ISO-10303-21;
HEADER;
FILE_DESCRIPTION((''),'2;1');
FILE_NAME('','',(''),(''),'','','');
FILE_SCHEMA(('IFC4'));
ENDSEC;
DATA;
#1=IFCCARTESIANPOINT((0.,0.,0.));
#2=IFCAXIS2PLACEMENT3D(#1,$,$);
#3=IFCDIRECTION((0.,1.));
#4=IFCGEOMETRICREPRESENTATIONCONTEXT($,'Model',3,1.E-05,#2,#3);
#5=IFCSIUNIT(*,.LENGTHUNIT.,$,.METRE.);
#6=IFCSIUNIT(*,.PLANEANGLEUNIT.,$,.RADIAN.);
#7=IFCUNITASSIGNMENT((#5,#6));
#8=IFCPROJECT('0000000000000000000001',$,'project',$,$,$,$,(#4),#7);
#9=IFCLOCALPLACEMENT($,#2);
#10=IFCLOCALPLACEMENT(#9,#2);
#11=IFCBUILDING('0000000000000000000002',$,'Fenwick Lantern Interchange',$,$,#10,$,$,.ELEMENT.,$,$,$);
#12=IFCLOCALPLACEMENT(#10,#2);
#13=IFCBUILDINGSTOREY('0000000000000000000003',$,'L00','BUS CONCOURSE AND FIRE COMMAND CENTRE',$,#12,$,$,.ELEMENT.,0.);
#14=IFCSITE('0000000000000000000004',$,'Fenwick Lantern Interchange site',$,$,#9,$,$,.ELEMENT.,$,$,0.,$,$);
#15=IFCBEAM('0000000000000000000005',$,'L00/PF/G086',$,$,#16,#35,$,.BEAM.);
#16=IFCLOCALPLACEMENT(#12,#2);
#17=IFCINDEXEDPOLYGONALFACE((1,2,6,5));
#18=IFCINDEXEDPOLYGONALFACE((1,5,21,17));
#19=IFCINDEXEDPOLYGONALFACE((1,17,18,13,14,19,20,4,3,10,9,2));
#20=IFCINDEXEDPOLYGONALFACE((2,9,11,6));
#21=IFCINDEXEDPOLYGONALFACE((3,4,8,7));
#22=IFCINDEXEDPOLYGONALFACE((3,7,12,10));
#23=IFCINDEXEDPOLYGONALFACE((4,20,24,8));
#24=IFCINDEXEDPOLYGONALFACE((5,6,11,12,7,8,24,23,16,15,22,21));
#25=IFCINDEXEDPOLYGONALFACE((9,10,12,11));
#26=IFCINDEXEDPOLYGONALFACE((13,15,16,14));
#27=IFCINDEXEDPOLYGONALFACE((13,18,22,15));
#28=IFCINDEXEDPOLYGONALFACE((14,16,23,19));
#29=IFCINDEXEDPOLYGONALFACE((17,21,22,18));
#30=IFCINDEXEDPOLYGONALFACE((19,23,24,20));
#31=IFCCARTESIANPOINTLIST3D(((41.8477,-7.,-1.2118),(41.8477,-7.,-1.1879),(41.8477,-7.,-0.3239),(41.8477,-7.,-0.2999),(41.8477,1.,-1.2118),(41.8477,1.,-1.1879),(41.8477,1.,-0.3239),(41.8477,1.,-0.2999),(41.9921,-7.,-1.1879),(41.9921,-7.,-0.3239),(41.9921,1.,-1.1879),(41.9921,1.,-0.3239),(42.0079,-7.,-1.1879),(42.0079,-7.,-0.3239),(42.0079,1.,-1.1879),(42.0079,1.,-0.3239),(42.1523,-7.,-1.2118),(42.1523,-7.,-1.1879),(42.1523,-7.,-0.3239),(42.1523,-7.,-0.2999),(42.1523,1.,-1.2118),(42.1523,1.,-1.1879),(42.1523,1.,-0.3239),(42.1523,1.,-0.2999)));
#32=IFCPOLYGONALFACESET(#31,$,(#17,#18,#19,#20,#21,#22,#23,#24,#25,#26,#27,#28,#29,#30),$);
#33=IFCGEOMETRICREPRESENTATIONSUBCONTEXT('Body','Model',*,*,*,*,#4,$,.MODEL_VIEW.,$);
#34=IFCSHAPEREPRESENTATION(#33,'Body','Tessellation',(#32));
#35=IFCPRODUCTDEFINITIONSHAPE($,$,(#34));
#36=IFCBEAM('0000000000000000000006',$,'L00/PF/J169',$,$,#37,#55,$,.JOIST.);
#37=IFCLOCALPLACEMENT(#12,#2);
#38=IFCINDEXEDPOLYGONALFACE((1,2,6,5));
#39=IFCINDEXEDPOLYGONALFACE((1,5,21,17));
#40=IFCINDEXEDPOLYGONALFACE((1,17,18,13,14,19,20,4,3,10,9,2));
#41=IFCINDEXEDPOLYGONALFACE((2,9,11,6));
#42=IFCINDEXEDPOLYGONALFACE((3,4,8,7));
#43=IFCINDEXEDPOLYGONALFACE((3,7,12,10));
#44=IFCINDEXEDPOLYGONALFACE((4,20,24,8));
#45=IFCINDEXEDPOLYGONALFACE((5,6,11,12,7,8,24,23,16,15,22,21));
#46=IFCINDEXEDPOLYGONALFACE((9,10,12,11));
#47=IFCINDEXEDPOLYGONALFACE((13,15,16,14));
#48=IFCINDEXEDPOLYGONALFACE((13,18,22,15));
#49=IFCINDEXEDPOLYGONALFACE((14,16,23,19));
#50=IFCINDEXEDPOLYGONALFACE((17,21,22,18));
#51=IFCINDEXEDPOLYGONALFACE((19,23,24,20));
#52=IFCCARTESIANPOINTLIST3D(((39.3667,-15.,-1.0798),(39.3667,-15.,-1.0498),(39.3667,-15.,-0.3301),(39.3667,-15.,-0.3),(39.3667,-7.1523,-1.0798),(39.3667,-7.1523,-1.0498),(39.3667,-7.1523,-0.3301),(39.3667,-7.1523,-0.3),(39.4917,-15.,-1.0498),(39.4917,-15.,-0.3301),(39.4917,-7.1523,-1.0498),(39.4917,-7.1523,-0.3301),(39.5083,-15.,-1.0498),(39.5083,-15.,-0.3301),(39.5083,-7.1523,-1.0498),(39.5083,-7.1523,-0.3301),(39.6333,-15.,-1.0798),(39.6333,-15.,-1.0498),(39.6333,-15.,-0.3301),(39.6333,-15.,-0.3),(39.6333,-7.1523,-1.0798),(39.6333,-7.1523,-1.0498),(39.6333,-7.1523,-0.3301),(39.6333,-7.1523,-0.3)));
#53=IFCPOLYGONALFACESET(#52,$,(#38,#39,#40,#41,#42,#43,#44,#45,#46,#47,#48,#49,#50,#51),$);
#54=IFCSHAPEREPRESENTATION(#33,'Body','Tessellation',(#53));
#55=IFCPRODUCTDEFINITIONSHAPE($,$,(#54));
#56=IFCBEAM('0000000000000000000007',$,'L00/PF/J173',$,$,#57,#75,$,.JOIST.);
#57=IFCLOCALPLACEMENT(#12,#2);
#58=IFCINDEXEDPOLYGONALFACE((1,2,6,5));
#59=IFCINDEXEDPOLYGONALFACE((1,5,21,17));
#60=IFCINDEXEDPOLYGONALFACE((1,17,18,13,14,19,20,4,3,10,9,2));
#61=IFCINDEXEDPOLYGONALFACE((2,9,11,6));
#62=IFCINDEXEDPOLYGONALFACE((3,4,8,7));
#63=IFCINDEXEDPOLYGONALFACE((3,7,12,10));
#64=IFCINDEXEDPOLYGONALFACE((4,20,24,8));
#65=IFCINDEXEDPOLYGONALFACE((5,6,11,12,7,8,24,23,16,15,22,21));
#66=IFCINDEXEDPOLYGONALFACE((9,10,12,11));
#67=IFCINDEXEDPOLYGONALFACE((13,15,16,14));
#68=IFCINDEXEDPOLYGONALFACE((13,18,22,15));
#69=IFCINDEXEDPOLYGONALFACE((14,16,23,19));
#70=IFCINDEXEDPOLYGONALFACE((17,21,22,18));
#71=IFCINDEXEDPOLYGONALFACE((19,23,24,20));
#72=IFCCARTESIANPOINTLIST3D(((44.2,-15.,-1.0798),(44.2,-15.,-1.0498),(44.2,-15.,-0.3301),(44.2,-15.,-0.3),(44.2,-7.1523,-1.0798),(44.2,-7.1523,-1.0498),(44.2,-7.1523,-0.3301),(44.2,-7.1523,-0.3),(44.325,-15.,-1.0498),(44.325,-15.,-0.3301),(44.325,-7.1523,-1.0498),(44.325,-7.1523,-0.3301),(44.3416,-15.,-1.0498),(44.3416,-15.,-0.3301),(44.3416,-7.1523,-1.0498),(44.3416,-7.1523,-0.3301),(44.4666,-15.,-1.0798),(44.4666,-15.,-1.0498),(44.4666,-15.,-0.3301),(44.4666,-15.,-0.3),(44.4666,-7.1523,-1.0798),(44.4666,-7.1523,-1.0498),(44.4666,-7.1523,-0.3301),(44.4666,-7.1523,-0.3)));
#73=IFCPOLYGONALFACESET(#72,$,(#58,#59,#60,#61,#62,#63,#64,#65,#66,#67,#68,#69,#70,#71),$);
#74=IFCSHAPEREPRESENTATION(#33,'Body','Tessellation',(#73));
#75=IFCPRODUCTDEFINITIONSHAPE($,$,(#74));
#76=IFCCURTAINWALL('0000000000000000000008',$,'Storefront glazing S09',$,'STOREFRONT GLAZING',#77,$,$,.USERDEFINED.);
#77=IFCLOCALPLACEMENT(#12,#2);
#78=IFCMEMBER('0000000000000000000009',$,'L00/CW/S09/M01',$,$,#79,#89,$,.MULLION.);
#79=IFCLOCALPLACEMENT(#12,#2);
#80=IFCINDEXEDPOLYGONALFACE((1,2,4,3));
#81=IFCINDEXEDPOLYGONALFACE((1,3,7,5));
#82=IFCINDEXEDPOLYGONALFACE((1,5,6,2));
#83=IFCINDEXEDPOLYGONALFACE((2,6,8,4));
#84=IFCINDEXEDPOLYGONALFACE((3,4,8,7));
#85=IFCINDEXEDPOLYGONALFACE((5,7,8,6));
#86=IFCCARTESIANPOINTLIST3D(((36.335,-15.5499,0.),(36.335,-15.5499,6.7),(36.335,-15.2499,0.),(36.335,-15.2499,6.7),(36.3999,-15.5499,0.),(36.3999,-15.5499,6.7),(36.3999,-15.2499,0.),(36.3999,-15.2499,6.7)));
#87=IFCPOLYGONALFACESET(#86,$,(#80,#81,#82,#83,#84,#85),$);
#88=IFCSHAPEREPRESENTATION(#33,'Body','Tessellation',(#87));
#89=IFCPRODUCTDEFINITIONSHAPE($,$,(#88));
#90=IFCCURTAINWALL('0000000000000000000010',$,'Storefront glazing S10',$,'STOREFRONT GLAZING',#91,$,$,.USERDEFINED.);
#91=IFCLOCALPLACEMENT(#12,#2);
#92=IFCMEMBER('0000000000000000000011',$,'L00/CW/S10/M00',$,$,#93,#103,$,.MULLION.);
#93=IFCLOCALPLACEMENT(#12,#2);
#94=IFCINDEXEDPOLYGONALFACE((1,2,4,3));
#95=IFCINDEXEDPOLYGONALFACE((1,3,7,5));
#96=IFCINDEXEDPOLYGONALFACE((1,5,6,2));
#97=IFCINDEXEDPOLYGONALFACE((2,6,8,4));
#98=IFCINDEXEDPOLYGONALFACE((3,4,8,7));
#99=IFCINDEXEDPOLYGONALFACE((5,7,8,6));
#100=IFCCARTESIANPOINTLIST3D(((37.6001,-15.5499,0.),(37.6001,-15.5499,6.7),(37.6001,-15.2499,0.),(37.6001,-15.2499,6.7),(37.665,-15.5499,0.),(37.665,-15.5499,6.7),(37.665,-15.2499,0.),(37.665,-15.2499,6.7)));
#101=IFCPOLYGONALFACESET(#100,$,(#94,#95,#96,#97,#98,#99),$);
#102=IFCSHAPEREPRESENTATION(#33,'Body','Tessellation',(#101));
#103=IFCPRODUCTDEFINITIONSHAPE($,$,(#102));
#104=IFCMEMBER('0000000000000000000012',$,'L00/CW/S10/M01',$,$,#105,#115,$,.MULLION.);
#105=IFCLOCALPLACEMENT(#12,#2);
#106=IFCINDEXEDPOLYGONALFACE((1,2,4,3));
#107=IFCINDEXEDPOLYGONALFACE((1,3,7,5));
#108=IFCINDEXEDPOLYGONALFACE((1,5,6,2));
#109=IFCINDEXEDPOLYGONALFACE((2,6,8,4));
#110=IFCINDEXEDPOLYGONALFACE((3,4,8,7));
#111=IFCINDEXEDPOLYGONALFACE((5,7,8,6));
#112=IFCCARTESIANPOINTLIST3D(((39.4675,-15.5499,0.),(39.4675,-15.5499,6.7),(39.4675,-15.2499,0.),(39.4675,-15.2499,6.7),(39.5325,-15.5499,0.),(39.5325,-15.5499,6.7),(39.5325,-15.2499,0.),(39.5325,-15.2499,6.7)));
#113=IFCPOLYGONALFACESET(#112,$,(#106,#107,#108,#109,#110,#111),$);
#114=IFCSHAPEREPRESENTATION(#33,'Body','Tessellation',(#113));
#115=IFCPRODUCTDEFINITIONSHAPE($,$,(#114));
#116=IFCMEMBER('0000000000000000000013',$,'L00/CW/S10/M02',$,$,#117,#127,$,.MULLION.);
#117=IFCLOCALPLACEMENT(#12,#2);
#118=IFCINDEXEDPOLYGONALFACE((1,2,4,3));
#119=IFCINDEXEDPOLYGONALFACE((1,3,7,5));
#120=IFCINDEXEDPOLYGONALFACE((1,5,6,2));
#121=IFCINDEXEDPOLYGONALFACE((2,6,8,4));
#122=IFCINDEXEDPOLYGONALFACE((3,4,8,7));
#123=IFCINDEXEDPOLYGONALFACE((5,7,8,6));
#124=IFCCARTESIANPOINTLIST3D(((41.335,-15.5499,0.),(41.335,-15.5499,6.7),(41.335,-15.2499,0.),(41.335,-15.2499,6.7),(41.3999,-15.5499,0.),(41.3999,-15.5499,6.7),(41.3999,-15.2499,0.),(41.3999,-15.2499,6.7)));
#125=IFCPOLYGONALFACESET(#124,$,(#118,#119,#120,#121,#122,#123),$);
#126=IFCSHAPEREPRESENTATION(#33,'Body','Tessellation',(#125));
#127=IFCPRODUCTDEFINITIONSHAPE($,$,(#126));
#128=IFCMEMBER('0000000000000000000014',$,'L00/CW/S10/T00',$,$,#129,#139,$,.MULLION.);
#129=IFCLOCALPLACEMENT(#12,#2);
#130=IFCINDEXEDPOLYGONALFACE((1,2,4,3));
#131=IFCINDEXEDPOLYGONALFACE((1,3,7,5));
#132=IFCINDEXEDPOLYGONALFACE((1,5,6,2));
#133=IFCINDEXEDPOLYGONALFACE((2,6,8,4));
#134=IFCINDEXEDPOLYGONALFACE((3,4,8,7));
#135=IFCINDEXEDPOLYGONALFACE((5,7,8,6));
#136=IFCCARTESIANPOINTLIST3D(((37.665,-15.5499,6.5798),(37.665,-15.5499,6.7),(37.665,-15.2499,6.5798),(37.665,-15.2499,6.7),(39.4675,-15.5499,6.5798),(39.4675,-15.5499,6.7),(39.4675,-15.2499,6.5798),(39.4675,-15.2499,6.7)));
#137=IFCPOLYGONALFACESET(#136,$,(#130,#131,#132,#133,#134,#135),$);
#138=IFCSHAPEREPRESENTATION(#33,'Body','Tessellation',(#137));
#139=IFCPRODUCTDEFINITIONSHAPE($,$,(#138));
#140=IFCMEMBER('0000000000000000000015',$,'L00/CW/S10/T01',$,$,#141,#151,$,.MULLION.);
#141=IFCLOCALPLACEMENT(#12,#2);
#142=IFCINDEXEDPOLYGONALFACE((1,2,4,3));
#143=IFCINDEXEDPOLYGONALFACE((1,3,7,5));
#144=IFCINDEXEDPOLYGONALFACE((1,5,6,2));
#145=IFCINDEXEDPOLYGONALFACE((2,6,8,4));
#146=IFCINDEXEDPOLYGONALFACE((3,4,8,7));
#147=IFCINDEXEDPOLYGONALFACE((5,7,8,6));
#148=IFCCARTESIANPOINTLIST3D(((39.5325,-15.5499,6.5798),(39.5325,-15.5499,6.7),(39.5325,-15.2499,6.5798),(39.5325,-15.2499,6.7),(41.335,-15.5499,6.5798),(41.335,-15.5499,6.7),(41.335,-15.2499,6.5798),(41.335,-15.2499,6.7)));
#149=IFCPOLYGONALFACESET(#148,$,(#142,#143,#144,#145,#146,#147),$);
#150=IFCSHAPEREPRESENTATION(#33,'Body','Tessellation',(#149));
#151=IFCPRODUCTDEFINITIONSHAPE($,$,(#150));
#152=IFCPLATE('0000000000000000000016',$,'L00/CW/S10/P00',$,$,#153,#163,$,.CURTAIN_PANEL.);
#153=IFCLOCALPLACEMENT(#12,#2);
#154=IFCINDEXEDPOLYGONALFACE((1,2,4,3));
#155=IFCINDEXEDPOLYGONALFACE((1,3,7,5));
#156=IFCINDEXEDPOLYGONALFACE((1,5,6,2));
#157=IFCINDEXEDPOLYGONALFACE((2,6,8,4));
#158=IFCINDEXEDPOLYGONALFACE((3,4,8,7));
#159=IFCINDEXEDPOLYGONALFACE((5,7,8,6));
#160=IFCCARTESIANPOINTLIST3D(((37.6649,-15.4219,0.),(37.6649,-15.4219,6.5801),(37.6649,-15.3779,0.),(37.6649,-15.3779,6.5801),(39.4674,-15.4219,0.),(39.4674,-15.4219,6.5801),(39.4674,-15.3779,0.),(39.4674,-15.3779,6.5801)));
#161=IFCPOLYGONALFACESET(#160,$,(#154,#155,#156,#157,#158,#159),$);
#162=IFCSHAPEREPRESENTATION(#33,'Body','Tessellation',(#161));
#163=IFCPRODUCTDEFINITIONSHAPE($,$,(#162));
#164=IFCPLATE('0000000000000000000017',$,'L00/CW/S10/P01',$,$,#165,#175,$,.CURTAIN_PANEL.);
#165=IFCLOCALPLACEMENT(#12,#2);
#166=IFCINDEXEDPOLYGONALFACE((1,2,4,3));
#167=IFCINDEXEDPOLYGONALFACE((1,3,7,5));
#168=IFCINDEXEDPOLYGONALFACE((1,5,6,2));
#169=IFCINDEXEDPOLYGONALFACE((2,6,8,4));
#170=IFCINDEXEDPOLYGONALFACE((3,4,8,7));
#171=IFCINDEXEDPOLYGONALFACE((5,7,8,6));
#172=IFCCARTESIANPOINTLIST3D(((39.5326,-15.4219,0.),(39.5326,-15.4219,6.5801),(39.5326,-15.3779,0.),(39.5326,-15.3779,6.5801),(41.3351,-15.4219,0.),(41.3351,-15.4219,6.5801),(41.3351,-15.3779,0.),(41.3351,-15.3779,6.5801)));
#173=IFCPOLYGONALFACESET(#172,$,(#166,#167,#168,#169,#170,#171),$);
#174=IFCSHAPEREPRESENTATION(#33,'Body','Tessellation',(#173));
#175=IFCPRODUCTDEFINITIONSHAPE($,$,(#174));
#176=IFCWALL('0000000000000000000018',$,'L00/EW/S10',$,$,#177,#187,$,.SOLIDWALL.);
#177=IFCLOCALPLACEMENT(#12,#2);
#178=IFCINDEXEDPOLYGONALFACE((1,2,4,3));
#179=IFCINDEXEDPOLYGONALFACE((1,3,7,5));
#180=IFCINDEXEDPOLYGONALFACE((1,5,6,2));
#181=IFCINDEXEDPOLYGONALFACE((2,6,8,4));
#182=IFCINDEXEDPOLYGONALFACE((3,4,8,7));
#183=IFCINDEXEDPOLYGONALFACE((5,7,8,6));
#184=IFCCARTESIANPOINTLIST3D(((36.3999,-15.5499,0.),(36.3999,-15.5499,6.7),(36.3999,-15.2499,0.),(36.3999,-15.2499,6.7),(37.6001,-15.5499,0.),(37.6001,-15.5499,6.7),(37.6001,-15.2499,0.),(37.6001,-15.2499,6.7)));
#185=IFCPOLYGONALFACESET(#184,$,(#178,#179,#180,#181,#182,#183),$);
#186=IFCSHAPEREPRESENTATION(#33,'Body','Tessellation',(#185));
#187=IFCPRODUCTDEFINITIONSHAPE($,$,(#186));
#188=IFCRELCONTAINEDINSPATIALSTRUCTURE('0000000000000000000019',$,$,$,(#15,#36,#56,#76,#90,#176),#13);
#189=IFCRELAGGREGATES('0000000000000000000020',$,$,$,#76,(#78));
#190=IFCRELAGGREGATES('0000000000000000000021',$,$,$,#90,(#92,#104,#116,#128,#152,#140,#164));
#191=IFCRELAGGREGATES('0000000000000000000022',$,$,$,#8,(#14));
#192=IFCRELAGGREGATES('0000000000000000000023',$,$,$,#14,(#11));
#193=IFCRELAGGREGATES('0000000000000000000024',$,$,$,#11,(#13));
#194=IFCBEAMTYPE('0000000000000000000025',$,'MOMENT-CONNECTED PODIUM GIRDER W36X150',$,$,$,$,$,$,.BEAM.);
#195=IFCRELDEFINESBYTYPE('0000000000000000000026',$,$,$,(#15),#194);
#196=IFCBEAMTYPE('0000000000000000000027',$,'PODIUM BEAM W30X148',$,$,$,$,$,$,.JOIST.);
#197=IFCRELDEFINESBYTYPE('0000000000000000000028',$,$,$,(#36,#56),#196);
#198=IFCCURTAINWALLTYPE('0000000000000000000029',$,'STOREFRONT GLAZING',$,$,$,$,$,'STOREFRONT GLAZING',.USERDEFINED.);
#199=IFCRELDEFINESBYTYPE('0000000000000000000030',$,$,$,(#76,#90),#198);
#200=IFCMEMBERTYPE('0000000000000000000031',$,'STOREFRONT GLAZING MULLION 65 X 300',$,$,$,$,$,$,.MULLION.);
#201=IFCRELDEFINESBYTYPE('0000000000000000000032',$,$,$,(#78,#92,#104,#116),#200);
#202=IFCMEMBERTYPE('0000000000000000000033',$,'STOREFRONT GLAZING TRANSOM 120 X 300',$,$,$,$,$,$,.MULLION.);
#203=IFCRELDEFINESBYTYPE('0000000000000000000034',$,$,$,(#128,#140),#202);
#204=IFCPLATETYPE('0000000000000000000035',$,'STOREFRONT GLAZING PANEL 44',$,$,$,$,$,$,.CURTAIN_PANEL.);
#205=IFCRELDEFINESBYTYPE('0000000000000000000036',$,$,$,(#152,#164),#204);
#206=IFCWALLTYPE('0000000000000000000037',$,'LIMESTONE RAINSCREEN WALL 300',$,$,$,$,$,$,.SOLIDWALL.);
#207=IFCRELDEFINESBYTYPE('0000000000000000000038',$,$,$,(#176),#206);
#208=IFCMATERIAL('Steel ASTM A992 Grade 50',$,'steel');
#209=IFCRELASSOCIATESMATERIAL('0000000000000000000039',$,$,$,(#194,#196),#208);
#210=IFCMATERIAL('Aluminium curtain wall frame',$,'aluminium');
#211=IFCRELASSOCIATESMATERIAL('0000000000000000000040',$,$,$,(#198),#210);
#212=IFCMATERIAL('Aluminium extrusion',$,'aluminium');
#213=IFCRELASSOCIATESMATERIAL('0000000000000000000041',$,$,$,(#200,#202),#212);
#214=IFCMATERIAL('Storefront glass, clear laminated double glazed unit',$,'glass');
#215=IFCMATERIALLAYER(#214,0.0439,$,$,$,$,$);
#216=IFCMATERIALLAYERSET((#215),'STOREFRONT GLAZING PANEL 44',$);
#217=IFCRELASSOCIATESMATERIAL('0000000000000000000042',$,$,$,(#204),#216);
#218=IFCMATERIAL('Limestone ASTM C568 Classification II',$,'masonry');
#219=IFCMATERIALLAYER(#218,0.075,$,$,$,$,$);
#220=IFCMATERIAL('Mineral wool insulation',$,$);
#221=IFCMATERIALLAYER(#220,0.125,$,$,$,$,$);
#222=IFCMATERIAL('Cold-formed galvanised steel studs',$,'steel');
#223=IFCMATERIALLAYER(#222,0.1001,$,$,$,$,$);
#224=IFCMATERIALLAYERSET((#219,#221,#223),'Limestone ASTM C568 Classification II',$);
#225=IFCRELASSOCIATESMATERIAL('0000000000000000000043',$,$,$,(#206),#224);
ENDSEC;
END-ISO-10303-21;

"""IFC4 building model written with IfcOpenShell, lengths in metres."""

from ifc_helpers import new_model, si_unit, direction, frame, frame_2d, origin, origin_2d, place, context, subcontext, project, spatial, rectangle, i_section, extrude, material, layer, layer_set, material_profile, profile_set, type_object, element, aggregate, save


model = new_model("IFC4")

# Units and contexts
model_context = context("Model", 3, precision=1e-05, world=origin(), true_north=direction((0.0, 1.0)))
body_context = subcontext(model_context, "Body", "Model", "MODEL_VIEW")
ifc_project = project(units=[si_unit("LENGTHUNIT", "METRE"), si_unit("PLANEANGLEUNIT", "RADIAN")], contexts=[model_context])

# Site, building, storey
site_placement = place(None, origin())
site = spatial("IfcSite", under=ifc_project, at=site_placement, Name="Fenwick Lantern Interchange site", CompositionType="ELEMENT", RefElevation=0.0)
building_placement = place(site_placement, origin())
building = spatial("IfcBuilding", under=site, at=building_placement, Name="Fenwick Lantern Interchange", CompositionType="ELEMENT")
storey_placement = place(building_placement, origin())
storey = spatial("IfcBuildingStorey", under=building, at=storey_placement, Name="L00", Description="BUS CONCOURSE AND FIRE COMMAND CENTRE", CompositionType="ELEMENT", Elevation=0.0)

# Shared definitions
ifc_material_1 = material(Name="Steel ASTM A992 Grade 50", Category="steel")

# Beams
ifc_material_profile_1 = material_profile(ifc_material_1, i_section(OverallWidth=0.3047, OverallDepth=0.9119, WebThickness=0.0159, FlangeThickness=0.0239, at=origin_2d()), Name="W36X150")
ifc_profile_set_1 = profile_set([ifc_material_profile_1], Name="Steel ASTM A992 Grade 50")
beam_type_1 = type_object("IfcBeamType", Name="MOMENT-CONNECTED PODIUM GIRDER W36X150", PredefinedType="BEAM", material=ifc_profile_set_1)
for number, where, z_axis, x_axis, name in (
    (1, (42.0, -7.0, -0.7559), (0.0, 1.0, 0.0), (-1.0, 0.0, 0.0), "L00/PF/G086"),
):
    element("IfcBeam", number, at=place(storey_placement, frame(where, z_axis=z_axis, x_axis=x_axis)), inside=storey, type_object=beam_type_1, Name=name, PredefinedType="BEAM", context=body_context, shape_type="SweptSolid", body=[
        extrude(i_section(OverallWidth=0.3047, OverallDepth=0.9119, WebThickness=0.0159, FlangeThickness=0.0239, at=origin_2d()), origin(), (0.0, 0.0, 1.0), 8.0),
    ])
ifc_material_profile_2 = material_profile(ifc_material_1, i_section(OverallWidth=0.2666, OverallDepth=0.7798, WebThickness=0.0166, FlangeThickness=0.03, at=origin_2d()), Name="W30X148")
ifc_profile_set_2 = profile_set([ifc_material_profile_2], Name="Steel ASTM A992 Grade 50")
beam_type_2 = type_object("IfcBeamType", Name="PODIUM BEAM W30X148", PredefinedType="JOIST", material=ifc_profile_set_2)
for number, where, z_axis, x_axis, name in (
    (2, (39.5, -15.0, -0.6899), (0.0, 1.0, 0.0), (-1.0, 0.0, 0.0), "L00/PF/J169"),
    (3, (44.3333, -15.0, -0.6899), (0.0, 1.0, 0.0), (-1.0, 0.0, 0.0), "L00/PF/J173"),
):
    element("IfcBeam", number, at=place(storey_placement, frame(where, z_axis=z_axis, x_axis=x_axis)), inside=storey, type_object=beam_type_2, Name=name, PredefinedType="JOIST", context=body_context, shape_type="SweptSolid", body=[
        extrude(i_section(OverallWidth=0.2666, OverallDepth=0.7798, WebThickness=0.0166, FlangeThickness=0.03, at=origin_2d()), origin(), (0.0, 0.0, 1.0), 7.8477),
    ])

# Curtain wall, member
ifc_material_2 = material(Name="Aluminium curtain wall frame", Category="aluminium")
curtain_wall_type = type_object("IfcCurtainWallType", Name="STOREFRONT GLAZING", ElementType="STOREFRONT GLAZING", PredefinedType="USERDEFINED", material=ifc_material_2)
curtain_wall_1_placement = place(storey_placement, origin())
curtain_wall_1 = element("IfcCurtainWall", 4, at=curtain_wall_1_placement, inside=storey, type_object=curtain_wall_type, Name="Storefront glazing S09", ObjectType="STOREFRONT GLAZING", PredefinedType="USERDEFINED")
ifc_material_3 = material(Name="Aluminium extrusion", Category="aluminium")
ifc_material_profile_3 = material_profile(ifc_material_3, rectangle(XDim=0.3, YDim=0.0649, at=origin_2d()), Name="STOREFRONT GLAZING MULLION 65 X 300")
ifc_profile_set_3 = profile_set([ifc_material_profile_3], Name="Aluminium extrusion")
member_type_1 = type_object("IfcMemberType", Name="STOREFRONT GLAZING MULLION 65 X 300", PredefinedType="MULLION", material=ifc_profile_set_3)
member_1_placement = place(storey_placement, frame((36.3674, -15.3999, 0.0), z_axis=(0.0, 0.0, 1.0), x_axis=(0.0, 1.0, 0.0)))
member_1 = element("IfcMember", 5, at=member_1_placement, type_object=member_type_1, Name="L00/CW/S09/M01", PredefinedType="MULLION", context=body_context, shape_type="SweptSolid", body=[
    extrude(rectangle(XDim=0.3, YDim=0.0649, at=origin_2d()), origin(), (0.0, 0.0, 1.0), 6.7),
])
aggregate(curtain_wall_1, [member_1])

# Curtain wall, members, plates
curtain_wall_2_placement = place(storey_placement, origin())
curtain_wall_2 = element("IfcCurtainWall", 6, at=curtain_wall_2_placement, inside=storey, type_object=curtain_wall_type, Name="Storefront glazing S10", ObjectType="STOREFRONT GLAZING", PredefinedType="USERDEFINED")
member_2_placement = place(storey_placement, frame((37.6326, -15.3999, 0.0), z_axis=(0.0, 0.0, 1.0), x_axis=(0.0, 1.0, 0.0)))
member_2 = element("IfcMember", 7, at=member_2_placement, type_object=member_type_1, Name="L00/CW/S10/M00", PredefinedType="MULLION", context=body_context, shape_type="SweptSolid", body=[
    extrude(rectangle(XDim=0.3, YDim=0.0649, at=origin_2d()), origin(), (0.0, 0.0, 1.0), 6.7),
])
member_3_placement = place(storey_placement, frame((39.5, -15.3999, 0.0), z_axis=(0.0, 0.0, 1.0), x_axis=(0.0, 1.0, 0.0)))
member_3 = element("IfcMember", 8, at=member_3_placement, type_object=member_type_1, Name="L00/CW/S10/M01", PredefinedType="MULLION", context=body_context, shape_type="SweptSolid", body=[
    extrude(rectangle(XDim=0.3, YDim=0.0649, at=origin_2d()), origin(), (0.0, 0.0, 1.0), 6.7),
])
member_4_placement = place(storey_placement, frame((41.3674, -15.3999, 0.0), z_axis=(0.0, 0.0, 1.0), x_axis=(0.0, 1.0, 0.0)))
member_4 = element("IfcMember", 9, at=member_4_placement, type_object=member_type_1, Name="L00/CW/S10/M02", PredefinedType="MULLION", context=body_context, shape_type="SweptSolid", body=[
    extrude(rectangle(XDim=0.3, YDim=0.0649, at=origin_2d()), origin(), (0.0, 0.0, 1.0), 6.7),
])
ifc_material_profile_4 = material_profile(ifc_material_3, rectangle(XDim=0.3, YDim=0.1201, at=origin_2d()), Name="STOREFRONT GLAZING TRANSOM 120 X 300")
ifc_profile_set_4 = profile_set([ifc_material_profile_4], Name="Aluminium extrusion")
member_type_2 = type_object("IfcMemberType", Name="STOREFRONT GLAZING TRANSOM 120 X 300", PredefinedType="MULLION", material=ifc_profile_set_4)
member_5_placement = place(storey_placement, frame((37.665, -15.3999, 6.6399), z_axis=(1.0, 0.0, 0.0), x_axis=(0.0, 1.0, 0.0)))
member_5 = element("IfcMember", 10, at=member_5_placement, type_object=member_type_2, Name="L00/CW/S10/T00", PredefinedType="MULLION", context=body_context, shape_type="SweptSolid", body=[
    extrude(rectangle(XDim=0.3, YDim=0.1201, at=origin_2d()), origin(), (0.0, 0.0, 1.0), 1.8025),
])
member_6_placement = place(storey_placement, frame((39.5325, -15.3999, 6.6399), z_axis=(1.0, 0.0, 0.0), x_axis=(0.0, 1.0, 0.0)))
member_6 = element("IfcMember", 11, at=member_6_placement, type_object=member_type_2, Name="L00/CW/S10/T01", PredefinedType="MULLION", context=body_context, shape_type="SweptSolid", body=[
    extrude(rectangle(XDim=0.3, YDim=0.1201, at=origin_2d()), origin(), (0.0, 0.0, 1.0), 1.8025),
])
ifc_material_4 = material(Name="Storefront glass, clear laminated double glazed unit", Category="glass")
ifc_layer_1 = layer(ifc_material_4, 0.0439)
ifc_layer_set_1 = layer_set([ifc_layer_1], Name="STOREFRONT GLAZING PANEL 44")
plate_type = type_object("IfcPlateType", Name="STOREFRONT GLAZING PANEL 44", PredefinedType="CURTAIN_PANEL", material=ifc_layer_set_1)
plate_1_placement = place(storey_placement, frame((38.5662, -15.3999, 0.0), z_axis=(0.0, 0.0, 1.0), x_axis=(1.0, 0.0, 0.0)))
plate_1 = element("IfcPlate", 12, at=plate_1_placement, type_object=plate_type, Name="L00/CW/S10/P00", PredefinedType="CURTAIN_PANEL", context=body_context, shape_type="SweptSolid", body=[
    extrude(rectangle(XDim=1.8025, YDim=0.0439, at=origin_2d()), origin(), (0.0, 0.0, 1.0), 6.5801),
])
plate_2_placement = place(storey_placement, frame((40.4338, -15.3999, 0.0), z_axis=(0.0, 0.0, 1.0), x_axis=(1.0, 0.0, 0.0)))
plate_2 = element("IfcPlate", 13, at=plate_2_placement, type_object=plate_type, Name="L00/CW/S10/P01", PredefinedType="CURTAIN_PANEL", context=body_context, shape_type="SweptSolid", body=[
    extrude(rectangle(XDim=1.8025, YDim=0.0439, at=origin_2d()), origin(), (0.0, 0.0, 1.0), 6.5801),
])
aggregate(curtain_wall_2, [member_2, member_3, member_4, member_5, plate_1, member_6, plate_2])

# Wall
ifc_material_5 = material(Name="Limestone ASTM C568 Classification II", Category="masonry")
ifc_layer_2 = layer(ifc_material_5, 0.075)
ifc_material_6 = material(Name="Mineral wool insulation")
ifc_layer_3 = layer(ifc_material_6, 0.125)
ifc_material_7 = material(Name="Cold-formed galvanised steel studs", Category="steel")
ifc_layer_4 = layer(ifc_material_7, 0.1001)
ifc_layer_set_2 = layer_set([ifc_layer_2, ifc_layer_3, ifc_layer_4], Name="Limestone ASTM C568 Classification II")
wall_type_1 = type_object("IfcWallType", Name="LIMESTONE RAINSCREEN WALL 300", PredefinedType="SOLIDWALL", material=ifc_layer_set_2)
wall_1_placement = place(storey_placement, frame((36.3999, -15.3999, 0.0), z_axis=(0.0, 0.0, 1.0), x_axis=(1.0, 0.0, 0.0)))
element("IfcWall", 14, at=wall_1_placement, inside=storey, type_object=wall_type_1, Name="L00/EW/S10", PredefinedType="SOLIDWALL", context=body_context, shape_type="SweptSolid", body=[
    extrude(rectangle(XDim=1.2002, YDim=0.3, at=frame_2d((0.6001, 0.0))), origin(), (0.0, 0.0, 1.0), 6.7),
])

save(model, "model.ifc")
